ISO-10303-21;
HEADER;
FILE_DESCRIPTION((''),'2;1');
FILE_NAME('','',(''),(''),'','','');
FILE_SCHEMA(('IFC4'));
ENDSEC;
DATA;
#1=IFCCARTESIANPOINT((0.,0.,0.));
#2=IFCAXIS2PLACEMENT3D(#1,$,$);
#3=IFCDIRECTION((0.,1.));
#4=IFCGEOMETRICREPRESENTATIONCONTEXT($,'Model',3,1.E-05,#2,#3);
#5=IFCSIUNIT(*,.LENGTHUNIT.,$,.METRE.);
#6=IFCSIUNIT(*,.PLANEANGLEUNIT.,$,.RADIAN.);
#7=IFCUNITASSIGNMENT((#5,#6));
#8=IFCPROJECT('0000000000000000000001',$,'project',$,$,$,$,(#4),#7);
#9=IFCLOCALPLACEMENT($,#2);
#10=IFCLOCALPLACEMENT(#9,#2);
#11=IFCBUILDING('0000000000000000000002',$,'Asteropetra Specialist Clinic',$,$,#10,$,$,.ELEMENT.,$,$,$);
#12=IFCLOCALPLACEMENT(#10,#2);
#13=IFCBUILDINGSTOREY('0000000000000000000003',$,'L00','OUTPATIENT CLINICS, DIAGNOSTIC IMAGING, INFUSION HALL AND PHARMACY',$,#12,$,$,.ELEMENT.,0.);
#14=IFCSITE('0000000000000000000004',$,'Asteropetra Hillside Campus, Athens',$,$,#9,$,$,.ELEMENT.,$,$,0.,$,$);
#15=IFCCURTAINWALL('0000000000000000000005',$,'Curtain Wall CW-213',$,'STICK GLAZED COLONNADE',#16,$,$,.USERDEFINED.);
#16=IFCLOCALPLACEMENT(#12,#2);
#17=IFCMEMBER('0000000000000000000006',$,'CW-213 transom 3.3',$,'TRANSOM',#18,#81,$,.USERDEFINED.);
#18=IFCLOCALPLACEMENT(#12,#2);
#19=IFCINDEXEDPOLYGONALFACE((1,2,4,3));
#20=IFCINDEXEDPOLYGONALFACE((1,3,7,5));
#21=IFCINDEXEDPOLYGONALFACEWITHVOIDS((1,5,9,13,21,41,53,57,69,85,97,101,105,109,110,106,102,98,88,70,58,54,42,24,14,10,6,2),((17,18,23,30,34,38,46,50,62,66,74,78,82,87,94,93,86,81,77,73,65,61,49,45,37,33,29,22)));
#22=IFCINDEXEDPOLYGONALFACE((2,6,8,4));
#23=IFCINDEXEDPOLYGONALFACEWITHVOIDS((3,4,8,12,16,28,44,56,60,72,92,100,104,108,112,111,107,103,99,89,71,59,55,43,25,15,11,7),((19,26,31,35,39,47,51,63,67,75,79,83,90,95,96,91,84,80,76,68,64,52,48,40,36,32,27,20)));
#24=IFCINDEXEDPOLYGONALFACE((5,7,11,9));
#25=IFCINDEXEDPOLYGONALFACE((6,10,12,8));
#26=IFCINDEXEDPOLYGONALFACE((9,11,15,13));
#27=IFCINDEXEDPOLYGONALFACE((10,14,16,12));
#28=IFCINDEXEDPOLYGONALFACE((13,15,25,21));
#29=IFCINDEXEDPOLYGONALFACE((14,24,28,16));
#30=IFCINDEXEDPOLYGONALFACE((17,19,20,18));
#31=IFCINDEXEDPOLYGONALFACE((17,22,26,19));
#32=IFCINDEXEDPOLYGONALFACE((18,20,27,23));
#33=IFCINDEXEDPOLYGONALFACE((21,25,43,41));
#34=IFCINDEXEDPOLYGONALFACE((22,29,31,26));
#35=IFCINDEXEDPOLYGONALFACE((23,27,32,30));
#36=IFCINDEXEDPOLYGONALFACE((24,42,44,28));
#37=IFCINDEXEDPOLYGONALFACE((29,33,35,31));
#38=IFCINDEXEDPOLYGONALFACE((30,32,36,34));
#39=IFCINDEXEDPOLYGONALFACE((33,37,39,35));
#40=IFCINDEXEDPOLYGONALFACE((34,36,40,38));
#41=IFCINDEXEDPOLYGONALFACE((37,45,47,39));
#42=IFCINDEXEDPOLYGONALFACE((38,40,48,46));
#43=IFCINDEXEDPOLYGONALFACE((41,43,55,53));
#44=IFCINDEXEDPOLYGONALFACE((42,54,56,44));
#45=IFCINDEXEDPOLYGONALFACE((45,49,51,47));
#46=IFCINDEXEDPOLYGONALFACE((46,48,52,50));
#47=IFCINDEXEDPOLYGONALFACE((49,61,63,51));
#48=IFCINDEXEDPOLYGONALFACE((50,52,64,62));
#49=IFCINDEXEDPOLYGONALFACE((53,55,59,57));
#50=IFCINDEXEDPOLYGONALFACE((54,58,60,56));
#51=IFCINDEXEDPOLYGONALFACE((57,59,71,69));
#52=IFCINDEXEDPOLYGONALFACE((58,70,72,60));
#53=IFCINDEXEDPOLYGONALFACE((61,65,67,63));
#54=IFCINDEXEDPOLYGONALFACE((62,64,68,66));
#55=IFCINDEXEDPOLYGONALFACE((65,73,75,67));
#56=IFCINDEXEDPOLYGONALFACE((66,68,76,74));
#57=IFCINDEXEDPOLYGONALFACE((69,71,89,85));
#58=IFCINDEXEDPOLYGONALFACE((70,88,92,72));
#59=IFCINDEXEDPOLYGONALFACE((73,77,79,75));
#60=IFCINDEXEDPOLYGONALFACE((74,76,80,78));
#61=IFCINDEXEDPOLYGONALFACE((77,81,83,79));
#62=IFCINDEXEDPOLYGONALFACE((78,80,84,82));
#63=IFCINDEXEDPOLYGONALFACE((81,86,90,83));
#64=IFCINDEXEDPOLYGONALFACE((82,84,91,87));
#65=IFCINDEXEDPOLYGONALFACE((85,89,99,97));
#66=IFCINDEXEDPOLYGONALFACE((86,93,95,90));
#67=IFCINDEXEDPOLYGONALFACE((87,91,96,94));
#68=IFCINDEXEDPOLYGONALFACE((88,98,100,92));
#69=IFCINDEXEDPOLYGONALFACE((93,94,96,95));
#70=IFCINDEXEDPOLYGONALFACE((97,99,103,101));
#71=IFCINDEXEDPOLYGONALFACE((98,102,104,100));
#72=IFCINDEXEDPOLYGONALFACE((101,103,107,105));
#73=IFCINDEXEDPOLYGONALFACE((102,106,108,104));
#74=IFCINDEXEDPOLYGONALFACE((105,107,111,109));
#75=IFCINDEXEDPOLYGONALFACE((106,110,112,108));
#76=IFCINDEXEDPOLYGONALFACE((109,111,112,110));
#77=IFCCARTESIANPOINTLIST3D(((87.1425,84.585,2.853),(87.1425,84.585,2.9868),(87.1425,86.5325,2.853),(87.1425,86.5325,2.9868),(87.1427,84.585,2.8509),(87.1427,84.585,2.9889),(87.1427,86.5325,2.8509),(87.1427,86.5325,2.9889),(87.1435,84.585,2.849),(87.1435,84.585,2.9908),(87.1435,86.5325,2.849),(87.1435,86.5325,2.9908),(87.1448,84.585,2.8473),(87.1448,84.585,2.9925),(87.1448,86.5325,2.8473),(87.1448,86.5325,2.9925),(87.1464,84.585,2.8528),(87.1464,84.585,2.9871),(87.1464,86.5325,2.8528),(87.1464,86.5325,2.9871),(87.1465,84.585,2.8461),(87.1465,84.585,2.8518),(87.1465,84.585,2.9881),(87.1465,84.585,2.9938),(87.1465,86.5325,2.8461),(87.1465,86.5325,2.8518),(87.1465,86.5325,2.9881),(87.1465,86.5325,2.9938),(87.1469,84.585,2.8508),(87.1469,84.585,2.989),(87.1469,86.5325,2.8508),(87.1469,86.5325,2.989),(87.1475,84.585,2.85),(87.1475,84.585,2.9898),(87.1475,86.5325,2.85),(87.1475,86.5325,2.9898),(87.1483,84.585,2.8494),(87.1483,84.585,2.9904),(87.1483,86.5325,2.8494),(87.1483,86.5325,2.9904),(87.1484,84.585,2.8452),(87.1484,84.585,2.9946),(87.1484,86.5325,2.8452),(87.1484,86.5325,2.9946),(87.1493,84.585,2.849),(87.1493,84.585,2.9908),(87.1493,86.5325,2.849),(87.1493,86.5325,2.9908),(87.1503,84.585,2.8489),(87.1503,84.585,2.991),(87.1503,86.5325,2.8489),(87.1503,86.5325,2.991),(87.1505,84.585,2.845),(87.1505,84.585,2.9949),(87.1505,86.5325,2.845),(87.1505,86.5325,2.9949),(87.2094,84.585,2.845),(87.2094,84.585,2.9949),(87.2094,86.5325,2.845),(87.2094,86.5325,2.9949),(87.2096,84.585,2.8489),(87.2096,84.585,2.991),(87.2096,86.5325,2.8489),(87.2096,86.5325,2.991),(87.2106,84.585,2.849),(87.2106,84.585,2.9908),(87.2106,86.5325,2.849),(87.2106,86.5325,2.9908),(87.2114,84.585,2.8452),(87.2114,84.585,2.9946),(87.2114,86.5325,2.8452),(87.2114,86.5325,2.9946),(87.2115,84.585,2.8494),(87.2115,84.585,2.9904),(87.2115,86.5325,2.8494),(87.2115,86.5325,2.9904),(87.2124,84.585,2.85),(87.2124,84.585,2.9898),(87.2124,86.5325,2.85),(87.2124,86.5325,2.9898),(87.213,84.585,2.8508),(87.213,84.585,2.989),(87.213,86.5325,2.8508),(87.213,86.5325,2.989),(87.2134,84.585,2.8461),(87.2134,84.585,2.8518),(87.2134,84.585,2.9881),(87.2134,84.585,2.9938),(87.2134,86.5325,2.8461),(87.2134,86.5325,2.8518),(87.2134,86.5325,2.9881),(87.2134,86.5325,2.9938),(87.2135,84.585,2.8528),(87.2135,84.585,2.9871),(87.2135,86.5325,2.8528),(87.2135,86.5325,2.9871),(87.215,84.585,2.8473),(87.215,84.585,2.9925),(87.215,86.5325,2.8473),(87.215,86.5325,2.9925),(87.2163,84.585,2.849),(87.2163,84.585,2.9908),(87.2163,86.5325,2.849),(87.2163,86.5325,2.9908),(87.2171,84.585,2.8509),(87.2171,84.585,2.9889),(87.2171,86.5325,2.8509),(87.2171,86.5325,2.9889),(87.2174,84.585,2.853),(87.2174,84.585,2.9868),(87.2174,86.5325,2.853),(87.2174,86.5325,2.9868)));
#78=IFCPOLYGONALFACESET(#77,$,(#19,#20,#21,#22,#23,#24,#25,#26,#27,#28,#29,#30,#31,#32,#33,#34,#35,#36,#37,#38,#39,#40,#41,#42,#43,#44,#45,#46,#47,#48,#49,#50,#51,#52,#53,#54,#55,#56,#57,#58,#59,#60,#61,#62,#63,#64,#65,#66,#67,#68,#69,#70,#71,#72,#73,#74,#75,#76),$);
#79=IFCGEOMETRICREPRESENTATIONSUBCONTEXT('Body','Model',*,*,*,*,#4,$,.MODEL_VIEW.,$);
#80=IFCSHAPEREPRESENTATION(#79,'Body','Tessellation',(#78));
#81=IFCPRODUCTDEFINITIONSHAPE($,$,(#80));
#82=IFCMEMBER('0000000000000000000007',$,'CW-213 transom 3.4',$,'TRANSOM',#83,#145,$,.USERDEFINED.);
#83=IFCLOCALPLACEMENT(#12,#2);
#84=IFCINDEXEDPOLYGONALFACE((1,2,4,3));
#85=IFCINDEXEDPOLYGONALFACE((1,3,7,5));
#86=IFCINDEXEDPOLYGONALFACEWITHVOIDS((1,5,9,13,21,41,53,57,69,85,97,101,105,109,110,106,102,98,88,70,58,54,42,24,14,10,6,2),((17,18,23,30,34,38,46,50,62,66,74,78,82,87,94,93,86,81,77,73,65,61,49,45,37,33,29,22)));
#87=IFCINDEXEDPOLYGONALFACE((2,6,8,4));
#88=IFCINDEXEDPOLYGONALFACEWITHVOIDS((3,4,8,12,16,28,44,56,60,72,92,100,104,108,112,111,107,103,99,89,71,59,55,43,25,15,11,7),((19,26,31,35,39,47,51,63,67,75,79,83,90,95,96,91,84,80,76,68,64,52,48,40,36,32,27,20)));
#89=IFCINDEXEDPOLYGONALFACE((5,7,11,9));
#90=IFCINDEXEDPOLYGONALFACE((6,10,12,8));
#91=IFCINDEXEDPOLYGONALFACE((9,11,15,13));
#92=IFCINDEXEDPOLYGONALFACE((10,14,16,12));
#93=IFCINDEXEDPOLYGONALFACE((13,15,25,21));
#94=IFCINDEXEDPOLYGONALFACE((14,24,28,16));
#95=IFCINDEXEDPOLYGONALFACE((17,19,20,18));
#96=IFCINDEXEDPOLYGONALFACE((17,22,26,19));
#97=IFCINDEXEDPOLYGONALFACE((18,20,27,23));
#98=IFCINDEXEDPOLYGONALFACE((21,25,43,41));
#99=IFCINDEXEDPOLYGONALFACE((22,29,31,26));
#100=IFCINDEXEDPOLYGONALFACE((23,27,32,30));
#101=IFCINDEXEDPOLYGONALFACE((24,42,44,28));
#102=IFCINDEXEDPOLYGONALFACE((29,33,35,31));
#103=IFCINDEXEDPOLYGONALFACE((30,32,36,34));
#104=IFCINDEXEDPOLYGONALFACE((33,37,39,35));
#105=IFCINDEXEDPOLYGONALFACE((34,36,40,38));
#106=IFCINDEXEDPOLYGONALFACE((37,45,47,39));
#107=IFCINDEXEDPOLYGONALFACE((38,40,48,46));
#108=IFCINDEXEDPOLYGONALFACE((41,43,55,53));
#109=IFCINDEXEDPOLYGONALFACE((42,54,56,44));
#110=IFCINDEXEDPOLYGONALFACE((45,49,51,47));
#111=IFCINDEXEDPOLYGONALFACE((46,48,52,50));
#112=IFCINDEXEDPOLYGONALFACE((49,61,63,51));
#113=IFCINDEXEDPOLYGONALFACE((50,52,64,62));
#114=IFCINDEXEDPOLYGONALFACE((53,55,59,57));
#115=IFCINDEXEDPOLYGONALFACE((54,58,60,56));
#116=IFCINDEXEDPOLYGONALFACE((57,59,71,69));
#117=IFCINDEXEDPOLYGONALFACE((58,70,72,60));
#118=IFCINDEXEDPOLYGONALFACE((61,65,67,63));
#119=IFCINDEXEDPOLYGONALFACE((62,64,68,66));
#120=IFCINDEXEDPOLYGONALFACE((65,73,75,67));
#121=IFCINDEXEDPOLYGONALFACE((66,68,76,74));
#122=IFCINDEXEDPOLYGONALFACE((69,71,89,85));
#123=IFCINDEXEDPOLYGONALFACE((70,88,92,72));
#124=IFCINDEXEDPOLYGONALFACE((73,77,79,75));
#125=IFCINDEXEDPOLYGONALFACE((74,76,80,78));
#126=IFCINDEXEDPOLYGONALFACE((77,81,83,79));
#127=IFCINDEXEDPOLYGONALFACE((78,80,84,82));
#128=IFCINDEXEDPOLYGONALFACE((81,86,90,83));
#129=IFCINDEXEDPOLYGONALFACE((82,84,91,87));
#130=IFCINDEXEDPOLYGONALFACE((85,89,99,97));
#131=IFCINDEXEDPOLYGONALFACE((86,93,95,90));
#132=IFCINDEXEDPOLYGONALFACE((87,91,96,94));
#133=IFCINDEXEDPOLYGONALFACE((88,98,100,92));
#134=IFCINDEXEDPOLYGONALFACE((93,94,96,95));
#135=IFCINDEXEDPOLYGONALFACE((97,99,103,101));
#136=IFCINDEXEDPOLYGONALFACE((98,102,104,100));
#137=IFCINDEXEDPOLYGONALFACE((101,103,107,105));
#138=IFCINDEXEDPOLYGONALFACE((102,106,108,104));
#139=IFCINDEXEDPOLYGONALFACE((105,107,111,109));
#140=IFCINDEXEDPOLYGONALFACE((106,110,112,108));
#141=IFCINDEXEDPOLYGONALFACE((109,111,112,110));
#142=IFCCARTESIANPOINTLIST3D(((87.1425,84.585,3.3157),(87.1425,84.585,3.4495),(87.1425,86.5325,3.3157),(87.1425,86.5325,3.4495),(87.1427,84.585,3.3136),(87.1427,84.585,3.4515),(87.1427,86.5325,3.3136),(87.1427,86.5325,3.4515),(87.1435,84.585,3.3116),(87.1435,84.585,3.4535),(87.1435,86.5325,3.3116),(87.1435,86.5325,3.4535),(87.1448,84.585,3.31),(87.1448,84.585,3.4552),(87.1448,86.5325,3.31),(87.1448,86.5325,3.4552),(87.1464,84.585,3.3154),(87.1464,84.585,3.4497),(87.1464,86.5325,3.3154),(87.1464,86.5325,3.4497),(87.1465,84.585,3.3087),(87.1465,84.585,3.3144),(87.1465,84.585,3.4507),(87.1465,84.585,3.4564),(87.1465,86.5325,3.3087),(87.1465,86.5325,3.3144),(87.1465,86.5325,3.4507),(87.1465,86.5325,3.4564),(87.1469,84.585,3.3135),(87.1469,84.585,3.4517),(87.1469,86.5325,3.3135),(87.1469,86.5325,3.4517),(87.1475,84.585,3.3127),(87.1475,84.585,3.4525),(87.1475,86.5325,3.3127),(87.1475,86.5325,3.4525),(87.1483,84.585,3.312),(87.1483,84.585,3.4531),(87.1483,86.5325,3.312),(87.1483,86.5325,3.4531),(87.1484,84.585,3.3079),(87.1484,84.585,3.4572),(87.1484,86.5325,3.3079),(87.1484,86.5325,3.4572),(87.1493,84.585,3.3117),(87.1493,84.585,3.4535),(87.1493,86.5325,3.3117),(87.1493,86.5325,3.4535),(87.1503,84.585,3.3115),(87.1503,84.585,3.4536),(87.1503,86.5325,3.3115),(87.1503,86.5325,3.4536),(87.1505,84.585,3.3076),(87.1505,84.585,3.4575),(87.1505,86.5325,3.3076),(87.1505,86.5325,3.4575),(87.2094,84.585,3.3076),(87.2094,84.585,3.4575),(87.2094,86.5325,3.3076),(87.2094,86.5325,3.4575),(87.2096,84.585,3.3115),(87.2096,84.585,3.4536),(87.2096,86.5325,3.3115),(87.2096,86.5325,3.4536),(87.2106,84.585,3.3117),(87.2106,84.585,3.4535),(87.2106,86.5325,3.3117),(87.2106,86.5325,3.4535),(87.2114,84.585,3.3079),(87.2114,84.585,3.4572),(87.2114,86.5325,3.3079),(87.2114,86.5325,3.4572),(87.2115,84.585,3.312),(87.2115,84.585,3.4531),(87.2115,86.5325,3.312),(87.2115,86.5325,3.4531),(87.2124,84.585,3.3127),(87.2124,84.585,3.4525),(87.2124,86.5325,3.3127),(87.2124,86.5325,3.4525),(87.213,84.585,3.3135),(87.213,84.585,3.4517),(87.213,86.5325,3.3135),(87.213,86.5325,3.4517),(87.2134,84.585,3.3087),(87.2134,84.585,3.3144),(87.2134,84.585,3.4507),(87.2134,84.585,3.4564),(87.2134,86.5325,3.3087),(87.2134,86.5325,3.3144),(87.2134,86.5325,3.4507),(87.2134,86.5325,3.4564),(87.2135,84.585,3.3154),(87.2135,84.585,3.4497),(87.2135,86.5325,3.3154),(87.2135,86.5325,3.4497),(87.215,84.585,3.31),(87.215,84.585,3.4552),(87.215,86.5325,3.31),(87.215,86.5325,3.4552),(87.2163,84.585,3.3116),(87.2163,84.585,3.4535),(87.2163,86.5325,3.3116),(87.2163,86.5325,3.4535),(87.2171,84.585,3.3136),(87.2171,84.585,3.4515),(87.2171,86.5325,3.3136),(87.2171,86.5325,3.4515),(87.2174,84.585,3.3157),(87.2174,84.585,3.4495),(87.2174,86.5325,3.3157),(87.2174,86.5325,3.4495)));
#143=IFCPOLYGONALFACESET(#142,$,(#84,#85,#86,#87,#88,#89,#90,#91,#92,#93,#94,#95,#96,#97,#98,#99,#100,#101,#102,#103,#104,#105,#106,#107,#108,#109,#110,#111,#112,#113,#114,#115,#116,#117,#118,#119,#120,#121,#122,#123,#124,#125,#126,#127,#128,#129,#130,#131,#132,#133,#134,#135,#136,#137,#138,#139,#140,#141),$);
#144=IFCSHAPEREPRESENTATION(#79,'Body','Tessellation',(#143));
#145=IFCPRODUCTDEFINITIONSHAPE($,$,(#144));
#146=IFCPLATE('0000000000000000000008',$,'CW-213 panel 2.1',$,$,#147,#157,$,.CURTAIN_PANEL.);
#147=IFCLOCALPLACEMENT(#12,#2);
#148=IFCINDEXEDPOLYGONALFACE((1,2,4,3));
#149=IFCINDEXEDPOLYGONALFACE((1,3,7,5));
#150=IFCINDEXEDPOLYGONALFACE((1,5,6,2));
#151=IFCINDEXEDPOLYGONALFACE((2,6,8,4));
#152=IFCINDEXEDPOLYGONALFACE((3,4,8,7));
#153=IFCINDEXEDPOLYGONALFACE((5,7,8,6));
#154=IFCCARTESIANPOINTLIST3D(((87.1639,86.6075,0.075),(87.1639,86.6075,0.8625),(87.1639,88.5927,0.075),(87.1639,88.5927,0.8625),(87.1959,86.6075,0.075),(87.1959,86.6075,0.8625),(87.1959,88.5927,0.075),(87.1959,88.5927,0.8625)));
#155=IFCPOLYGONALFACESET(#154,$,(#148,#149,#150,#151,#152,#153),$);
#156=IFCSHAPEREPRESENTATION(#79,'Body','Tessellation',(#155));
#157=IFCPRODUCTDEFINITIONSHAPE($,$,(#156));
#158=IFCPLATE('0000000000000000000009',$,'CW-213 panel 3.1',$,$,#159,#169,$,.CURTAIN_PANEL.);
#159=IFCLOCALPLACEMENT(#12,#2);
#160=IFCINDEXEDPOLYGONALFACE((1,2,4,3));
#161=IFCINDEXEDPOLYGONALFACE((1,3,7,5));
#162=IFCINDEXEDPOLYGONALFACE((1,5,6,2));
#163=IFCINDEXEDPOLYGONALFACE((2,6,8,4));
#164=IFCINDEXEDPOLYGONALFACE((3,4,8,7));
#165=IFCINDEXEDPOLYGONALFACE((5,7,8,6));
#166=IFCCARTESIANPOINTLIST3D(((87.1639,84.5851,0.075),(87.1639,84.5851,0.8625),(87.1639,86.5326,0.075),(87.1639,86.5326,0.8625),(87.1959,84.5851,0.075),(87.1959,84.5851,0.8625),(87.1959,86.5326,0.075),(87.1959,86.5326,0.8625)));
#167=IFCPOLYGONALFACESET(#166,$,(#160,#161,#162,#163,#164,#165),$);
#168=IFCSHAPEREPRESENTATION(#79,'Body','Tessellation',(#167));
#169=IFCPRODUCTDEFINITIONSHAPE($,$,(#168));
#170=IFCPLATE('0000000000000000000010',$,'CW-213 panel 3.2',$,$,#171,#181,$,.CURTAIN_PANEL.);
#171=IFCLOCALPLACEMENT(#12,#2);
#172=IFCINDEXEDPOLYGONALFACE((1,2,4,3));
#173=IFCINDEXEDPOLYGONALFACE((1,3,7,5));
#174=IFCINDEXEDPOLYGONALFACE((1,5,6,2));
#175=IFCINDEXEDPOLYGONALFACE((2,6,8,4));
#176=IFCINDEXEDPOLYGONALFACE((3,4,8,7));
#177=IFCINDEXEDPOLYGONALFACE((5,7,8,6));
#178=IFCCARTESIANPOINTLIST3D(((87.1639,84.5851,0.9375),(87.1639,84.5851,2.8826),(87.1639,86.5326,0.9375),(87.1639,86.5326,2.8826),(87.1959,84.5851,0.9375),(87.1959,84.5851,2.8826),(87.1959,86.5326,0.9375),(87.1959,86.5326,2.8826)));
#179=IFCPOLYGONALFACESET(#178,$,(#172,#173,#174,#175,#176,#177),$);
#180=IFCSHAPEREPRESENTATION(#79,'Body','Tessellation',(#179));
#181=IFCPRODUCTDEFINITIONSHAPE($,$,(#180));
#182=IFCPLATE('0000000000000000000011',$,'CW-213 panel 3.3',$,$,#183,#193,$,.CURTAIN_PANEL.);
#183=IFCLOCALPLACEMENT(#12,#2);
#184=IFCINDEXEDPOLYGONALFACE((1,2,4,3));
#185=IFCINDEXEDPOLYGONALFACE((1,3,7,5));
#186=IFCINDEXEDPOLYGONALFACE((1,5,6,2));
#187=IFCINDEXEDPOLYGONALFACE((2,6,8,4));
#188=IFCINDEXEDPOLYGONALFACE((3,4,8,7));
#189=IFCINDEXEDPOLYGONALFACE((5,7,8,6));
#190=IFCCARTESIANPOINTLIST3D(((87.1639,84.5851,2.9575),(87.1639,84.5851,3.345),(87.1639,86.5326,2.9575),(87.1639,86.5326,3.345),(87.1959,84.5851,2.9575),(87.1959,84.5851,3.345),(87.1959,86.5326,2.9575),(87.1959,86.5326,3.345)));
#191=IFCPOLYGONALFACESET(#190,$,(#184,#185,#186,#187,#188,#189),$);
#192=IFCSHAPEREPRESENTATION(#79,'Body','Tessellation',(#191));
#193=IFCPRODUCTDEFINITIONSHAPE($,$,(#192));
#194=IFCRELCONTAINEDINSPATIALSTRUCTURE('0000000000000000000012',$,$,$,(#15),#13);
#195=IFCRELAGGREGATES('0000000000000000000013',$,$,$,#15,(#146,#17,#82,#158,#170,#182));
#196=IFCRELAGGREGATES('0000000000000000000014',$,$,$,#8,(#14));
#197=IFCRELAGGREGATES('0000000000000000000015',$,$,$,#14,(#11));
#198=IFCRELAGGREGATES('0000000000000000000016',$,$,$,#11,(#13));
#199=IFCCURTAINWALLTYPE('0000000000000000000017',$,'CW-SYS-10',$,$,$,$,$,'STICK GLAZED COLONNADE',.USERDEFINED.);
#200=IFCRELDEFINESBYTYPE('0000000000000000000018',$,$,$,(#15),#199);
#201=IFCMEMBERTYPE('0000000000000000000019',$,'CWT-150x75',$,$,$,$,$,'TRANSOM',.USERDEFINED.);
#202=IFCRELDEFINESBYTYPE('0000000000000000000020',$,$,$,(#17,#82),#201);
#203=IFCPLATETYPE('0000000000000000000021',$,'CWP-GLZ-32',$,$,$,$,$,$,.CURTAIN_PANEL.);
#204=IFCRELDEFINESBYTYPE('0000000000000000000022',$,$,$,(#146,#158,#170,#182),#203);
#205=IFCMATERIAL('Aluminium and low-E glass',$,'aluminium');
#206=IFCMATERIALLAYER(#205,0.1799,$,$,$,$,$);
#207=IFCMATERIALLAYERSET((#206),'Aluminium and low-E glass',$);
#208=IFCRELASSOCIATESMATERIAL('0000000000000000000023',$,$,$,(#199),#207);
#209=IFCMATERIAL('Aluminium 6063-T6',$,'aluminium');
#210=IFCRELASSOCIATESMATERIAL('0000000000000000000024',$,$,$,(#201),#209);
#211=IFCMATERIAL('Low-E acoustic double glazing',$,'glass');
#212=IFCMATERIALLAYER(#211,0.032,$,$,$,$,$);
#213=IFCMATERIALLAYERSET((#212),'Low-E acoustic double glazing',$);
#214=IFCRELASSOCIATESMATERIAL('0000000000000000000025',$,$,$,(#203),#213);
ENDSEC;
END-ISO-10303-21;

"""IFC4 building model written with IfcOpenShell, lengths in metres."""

from ifc_helpers import new_model, si_unit, direction, frame, origin, origin_2d, place, context, subcontext, project, spatial, rectangle, hollow_rectangle, extrude, material, layer, layer_set, material_profile, profile_set, type_object, element, aggregate, save


model = new_model("IFC4")

# Units and contexts
model_context = context("Model", 3, precision=1e-05, world=origin(), true_north=direction((0.0, 1.0)))
body_context = subcontext(model_context, "Body", "Model", "MODEL_VIEW")
ifc_project = project(units=[si_unit("LENGTHUNIT", "METRE"), si_unit("PLANEANGLEUNIT", "RADIAN")], contexts=[model_context])

# Site, building, storey
site_placement = place(None, origin())
site = spatial("IfcSite", under=ifc_project, at=site_placement, Name="Asteropetra Hillside Campus, Athens", CompositionType="ELEMENT", RefElevation=0.0)
building_placement = place(site_placement, origin())
building = spatial("IfcBuilding", under=site, at=building_placement, Name="Asteropetra Specialist Clinic", CompositionType="ELEMENT")
storey_placement = place(building_placement, origin())
storey = spatial("IfcBuildingStorey", under=building, at=storey_placement, Name="L00", Description="OUTPATIENT CLINICS, DIAGNOSTIC IMAGING, INFUSION HALL AND PHARMACY", CompositionType="ELEMENT", Elevation=0.0)

# Curtain wall
ifc_material_1 = material(Name="Aluminium and low-E glass", Category="aluminium")
ifc_layer_1 = layer(ifc_material_1, 0.1799)
ifc_layer_set_1 = layer_set([ifc_layer_1], Name="Aluminium and low-E glass")
curtain_wall_type_1 = type_object("IfcCurtainWallType", Name="CW-SYS-10", ElementType="STICK GLAZED COLONNADE", PredefinedType="USERDEFINED", material=ifc_layer_set_1)
curtain_wall_1_placement = place(storey_placement, origin())
curtain_wall_1 = element("IfcCurtainWall", 1, at=curtain_wall_1_placement, inside=storey, type_object=curtain_wall_type_1, Name="Curtain Wall CW-213", ObjectType="STICK GLAZED COLONNADE", PredefinedType="USERDEFINED")

# Members
ifc_material_2 = material(Name="Aluminium 6063-T6", Category="aluminium")
ifc_material_profile_1 = material_profile(ifc_material_2, hollow_rectangle(XDim=0.075, YDim=0.1499, WallThickness=0.0039, InnerFilletRadius=0.0039, OuterFilletRadius=0.0081, at=origin_2d()), Name="TRN 150x75x4.0")
ifc_profile_set_1 = profile_set([ifc_material_profile_1], Name="Aluminium 6063-T6")
member_type_1 = type_object("IfcMemberType", Name="CWT-150x75", ElementType="TRANSOM", PredefinedType="USERDEFINED", material=ifc_profile_set_1)
member_1_placement = place(storey_placement, frame((87.1799, 86.5325, 2.9199), z_axis=(0.0, -1.0, 0.0), x_axis=(1.0, 0.0, 0.0)))
member_1 = element("IfcMember", 2, at=member_1_placement, type_object=member_type_1, Name="CW-213 transom 3.3", ObjectType="TRANSOM", PredefinedType="USERDEFINED", context=body_context, shape_type="SweptSolid", body=[
    extrude(hollow_rectangle(XDim=0.075, YDim=0.1499, WallThickness=0.0039, InnerFilletRadius=0.0039, OuterFilletRadius=0.0081, at=origin_2d()), origin(), (0.0, 0.0, 1.0), 1.9475),
])
member_2_placement = place(storey_placement, frame((87.1799, 86.5325, 3.3826), z_axis=(0.0, -1.0, 0.0), x_axis=(1.0, 0.0, 0.0)))
member_2 = element("IfcMember", 3, at=member_2_placement, type_object=member_type_1, Name="CW-213 transom 3.4", ObjectType="TRANSOM", PredefinedType="USERDEFINED", context=body_context, shape_type="SweptSolid", body=[
    extrude(hollow_rectangle(XDim=0.075, YDim=0.1499, WallThickness=0.0039, InnerFilletRadius=0.0039, OuterFilletRadius=0.0081, at=origin_2d()), origin(), (0.0, 0.0, 1.0), 1.9475),
])

# Plates
ifc_material_3 = material(Name="Low-E acoustic double glazing", Category="glass")
ifc_layer_2 = layer(ifc_material_3, 0.032)
ifc_layer_set_2 = layer_set([ifc_layer_2], Name="Low-E acoustic double glazing")
plate_type_1 = type_object("IfcPlateType", Name="CWP-GLZ-32", PredefinedType="CURTAIN_PANEL", material=ifc_layer_set_2)
plate_1_placement = place(storey_placement, frame((87.1799, 87.6001, 0.075), z_axis=(0.0, 0.0, 1.0), x_axis=(0.0, -1.0, 0.0)))
plate_1 = element("IfcPlate", 4, at=plate_1_placement, type_object=plate_type_1, Name="CW-213 panel 2.1", PredefinedType="CURTAIN_PANEL", context=body_context, shape_type="SweptSolid", body=[
    extrude(rectangle(XDim=1.9851, YDim=0.032, at=origin_2d()), origin(), (0.0, 0.0, 1.0), 0.7876),
])
plate_2_placement = place(storey_placement, frame((87.1799, 85.5588, 0.075), z_axis=(0.0, 0.0, 1.0), x_axis=(0.0, -1.0, 0.0)))
plate_2 = element("IfcPlate", 5, at=plate_2_placement, type_object=plate_type_1, Name="CW-213 panel 3.1", PredefinedType="CURTAIN_PANEL", context=body_context, shape_type="SweptSolid", body=[
    extrude(rectangle(XDim=1.9475, YDim=0.032, at=origin_2d()), origin(), (0.0, 0.0, 1.0), 0.7876),
])
plate_3_placement = place(storey_placement, frame((87.1799, 85.5588, 0.9375), z_axis=(0.0, 0.0, 1.0), x_axis=(0.0, -1.0, 0.0)))
plate_3 = element("IfcPlate", 6, at=plate_3_placement, type_object=plate_type_1, Name="CW-213 panel 3.2", PredefinedType="CURTAIN_PANEL", context=body_context, shape_type="SweptSolid", body=[
    extrude(rectangle(XDim=1.9475, YDim=0.032, at=origin_2d()), origin(), (0.0, 0.0, 1.0), 1.9451),
])
plate_4_placement = place(storey_placement, frame((87.1799, 85.5588, 2.9575), z_axis=(0.0, 0.0, 1.0), x_axis=(0.0, -1.0, 0.0)))
plate_4 = element("IfcPlate", 7, at=plate_4_placement, type_object=plate_type_1, Name="CW-213 panel 3.3", PredefinedType="CURTAIN_PANEL", context=body_context, shape_type="SweptSolid", body=[
    extrude(rectangle(XDim=1.9475, YDim=0.032, at=origin_2d()), origin(), (0.0, 0.0, 1.0), 0.3875),
])
aggregate(curtain_wall_1, [plate_1, member_1, member_2, plate_2, plate_3, plate_4])

save(model, "model.ifc")
